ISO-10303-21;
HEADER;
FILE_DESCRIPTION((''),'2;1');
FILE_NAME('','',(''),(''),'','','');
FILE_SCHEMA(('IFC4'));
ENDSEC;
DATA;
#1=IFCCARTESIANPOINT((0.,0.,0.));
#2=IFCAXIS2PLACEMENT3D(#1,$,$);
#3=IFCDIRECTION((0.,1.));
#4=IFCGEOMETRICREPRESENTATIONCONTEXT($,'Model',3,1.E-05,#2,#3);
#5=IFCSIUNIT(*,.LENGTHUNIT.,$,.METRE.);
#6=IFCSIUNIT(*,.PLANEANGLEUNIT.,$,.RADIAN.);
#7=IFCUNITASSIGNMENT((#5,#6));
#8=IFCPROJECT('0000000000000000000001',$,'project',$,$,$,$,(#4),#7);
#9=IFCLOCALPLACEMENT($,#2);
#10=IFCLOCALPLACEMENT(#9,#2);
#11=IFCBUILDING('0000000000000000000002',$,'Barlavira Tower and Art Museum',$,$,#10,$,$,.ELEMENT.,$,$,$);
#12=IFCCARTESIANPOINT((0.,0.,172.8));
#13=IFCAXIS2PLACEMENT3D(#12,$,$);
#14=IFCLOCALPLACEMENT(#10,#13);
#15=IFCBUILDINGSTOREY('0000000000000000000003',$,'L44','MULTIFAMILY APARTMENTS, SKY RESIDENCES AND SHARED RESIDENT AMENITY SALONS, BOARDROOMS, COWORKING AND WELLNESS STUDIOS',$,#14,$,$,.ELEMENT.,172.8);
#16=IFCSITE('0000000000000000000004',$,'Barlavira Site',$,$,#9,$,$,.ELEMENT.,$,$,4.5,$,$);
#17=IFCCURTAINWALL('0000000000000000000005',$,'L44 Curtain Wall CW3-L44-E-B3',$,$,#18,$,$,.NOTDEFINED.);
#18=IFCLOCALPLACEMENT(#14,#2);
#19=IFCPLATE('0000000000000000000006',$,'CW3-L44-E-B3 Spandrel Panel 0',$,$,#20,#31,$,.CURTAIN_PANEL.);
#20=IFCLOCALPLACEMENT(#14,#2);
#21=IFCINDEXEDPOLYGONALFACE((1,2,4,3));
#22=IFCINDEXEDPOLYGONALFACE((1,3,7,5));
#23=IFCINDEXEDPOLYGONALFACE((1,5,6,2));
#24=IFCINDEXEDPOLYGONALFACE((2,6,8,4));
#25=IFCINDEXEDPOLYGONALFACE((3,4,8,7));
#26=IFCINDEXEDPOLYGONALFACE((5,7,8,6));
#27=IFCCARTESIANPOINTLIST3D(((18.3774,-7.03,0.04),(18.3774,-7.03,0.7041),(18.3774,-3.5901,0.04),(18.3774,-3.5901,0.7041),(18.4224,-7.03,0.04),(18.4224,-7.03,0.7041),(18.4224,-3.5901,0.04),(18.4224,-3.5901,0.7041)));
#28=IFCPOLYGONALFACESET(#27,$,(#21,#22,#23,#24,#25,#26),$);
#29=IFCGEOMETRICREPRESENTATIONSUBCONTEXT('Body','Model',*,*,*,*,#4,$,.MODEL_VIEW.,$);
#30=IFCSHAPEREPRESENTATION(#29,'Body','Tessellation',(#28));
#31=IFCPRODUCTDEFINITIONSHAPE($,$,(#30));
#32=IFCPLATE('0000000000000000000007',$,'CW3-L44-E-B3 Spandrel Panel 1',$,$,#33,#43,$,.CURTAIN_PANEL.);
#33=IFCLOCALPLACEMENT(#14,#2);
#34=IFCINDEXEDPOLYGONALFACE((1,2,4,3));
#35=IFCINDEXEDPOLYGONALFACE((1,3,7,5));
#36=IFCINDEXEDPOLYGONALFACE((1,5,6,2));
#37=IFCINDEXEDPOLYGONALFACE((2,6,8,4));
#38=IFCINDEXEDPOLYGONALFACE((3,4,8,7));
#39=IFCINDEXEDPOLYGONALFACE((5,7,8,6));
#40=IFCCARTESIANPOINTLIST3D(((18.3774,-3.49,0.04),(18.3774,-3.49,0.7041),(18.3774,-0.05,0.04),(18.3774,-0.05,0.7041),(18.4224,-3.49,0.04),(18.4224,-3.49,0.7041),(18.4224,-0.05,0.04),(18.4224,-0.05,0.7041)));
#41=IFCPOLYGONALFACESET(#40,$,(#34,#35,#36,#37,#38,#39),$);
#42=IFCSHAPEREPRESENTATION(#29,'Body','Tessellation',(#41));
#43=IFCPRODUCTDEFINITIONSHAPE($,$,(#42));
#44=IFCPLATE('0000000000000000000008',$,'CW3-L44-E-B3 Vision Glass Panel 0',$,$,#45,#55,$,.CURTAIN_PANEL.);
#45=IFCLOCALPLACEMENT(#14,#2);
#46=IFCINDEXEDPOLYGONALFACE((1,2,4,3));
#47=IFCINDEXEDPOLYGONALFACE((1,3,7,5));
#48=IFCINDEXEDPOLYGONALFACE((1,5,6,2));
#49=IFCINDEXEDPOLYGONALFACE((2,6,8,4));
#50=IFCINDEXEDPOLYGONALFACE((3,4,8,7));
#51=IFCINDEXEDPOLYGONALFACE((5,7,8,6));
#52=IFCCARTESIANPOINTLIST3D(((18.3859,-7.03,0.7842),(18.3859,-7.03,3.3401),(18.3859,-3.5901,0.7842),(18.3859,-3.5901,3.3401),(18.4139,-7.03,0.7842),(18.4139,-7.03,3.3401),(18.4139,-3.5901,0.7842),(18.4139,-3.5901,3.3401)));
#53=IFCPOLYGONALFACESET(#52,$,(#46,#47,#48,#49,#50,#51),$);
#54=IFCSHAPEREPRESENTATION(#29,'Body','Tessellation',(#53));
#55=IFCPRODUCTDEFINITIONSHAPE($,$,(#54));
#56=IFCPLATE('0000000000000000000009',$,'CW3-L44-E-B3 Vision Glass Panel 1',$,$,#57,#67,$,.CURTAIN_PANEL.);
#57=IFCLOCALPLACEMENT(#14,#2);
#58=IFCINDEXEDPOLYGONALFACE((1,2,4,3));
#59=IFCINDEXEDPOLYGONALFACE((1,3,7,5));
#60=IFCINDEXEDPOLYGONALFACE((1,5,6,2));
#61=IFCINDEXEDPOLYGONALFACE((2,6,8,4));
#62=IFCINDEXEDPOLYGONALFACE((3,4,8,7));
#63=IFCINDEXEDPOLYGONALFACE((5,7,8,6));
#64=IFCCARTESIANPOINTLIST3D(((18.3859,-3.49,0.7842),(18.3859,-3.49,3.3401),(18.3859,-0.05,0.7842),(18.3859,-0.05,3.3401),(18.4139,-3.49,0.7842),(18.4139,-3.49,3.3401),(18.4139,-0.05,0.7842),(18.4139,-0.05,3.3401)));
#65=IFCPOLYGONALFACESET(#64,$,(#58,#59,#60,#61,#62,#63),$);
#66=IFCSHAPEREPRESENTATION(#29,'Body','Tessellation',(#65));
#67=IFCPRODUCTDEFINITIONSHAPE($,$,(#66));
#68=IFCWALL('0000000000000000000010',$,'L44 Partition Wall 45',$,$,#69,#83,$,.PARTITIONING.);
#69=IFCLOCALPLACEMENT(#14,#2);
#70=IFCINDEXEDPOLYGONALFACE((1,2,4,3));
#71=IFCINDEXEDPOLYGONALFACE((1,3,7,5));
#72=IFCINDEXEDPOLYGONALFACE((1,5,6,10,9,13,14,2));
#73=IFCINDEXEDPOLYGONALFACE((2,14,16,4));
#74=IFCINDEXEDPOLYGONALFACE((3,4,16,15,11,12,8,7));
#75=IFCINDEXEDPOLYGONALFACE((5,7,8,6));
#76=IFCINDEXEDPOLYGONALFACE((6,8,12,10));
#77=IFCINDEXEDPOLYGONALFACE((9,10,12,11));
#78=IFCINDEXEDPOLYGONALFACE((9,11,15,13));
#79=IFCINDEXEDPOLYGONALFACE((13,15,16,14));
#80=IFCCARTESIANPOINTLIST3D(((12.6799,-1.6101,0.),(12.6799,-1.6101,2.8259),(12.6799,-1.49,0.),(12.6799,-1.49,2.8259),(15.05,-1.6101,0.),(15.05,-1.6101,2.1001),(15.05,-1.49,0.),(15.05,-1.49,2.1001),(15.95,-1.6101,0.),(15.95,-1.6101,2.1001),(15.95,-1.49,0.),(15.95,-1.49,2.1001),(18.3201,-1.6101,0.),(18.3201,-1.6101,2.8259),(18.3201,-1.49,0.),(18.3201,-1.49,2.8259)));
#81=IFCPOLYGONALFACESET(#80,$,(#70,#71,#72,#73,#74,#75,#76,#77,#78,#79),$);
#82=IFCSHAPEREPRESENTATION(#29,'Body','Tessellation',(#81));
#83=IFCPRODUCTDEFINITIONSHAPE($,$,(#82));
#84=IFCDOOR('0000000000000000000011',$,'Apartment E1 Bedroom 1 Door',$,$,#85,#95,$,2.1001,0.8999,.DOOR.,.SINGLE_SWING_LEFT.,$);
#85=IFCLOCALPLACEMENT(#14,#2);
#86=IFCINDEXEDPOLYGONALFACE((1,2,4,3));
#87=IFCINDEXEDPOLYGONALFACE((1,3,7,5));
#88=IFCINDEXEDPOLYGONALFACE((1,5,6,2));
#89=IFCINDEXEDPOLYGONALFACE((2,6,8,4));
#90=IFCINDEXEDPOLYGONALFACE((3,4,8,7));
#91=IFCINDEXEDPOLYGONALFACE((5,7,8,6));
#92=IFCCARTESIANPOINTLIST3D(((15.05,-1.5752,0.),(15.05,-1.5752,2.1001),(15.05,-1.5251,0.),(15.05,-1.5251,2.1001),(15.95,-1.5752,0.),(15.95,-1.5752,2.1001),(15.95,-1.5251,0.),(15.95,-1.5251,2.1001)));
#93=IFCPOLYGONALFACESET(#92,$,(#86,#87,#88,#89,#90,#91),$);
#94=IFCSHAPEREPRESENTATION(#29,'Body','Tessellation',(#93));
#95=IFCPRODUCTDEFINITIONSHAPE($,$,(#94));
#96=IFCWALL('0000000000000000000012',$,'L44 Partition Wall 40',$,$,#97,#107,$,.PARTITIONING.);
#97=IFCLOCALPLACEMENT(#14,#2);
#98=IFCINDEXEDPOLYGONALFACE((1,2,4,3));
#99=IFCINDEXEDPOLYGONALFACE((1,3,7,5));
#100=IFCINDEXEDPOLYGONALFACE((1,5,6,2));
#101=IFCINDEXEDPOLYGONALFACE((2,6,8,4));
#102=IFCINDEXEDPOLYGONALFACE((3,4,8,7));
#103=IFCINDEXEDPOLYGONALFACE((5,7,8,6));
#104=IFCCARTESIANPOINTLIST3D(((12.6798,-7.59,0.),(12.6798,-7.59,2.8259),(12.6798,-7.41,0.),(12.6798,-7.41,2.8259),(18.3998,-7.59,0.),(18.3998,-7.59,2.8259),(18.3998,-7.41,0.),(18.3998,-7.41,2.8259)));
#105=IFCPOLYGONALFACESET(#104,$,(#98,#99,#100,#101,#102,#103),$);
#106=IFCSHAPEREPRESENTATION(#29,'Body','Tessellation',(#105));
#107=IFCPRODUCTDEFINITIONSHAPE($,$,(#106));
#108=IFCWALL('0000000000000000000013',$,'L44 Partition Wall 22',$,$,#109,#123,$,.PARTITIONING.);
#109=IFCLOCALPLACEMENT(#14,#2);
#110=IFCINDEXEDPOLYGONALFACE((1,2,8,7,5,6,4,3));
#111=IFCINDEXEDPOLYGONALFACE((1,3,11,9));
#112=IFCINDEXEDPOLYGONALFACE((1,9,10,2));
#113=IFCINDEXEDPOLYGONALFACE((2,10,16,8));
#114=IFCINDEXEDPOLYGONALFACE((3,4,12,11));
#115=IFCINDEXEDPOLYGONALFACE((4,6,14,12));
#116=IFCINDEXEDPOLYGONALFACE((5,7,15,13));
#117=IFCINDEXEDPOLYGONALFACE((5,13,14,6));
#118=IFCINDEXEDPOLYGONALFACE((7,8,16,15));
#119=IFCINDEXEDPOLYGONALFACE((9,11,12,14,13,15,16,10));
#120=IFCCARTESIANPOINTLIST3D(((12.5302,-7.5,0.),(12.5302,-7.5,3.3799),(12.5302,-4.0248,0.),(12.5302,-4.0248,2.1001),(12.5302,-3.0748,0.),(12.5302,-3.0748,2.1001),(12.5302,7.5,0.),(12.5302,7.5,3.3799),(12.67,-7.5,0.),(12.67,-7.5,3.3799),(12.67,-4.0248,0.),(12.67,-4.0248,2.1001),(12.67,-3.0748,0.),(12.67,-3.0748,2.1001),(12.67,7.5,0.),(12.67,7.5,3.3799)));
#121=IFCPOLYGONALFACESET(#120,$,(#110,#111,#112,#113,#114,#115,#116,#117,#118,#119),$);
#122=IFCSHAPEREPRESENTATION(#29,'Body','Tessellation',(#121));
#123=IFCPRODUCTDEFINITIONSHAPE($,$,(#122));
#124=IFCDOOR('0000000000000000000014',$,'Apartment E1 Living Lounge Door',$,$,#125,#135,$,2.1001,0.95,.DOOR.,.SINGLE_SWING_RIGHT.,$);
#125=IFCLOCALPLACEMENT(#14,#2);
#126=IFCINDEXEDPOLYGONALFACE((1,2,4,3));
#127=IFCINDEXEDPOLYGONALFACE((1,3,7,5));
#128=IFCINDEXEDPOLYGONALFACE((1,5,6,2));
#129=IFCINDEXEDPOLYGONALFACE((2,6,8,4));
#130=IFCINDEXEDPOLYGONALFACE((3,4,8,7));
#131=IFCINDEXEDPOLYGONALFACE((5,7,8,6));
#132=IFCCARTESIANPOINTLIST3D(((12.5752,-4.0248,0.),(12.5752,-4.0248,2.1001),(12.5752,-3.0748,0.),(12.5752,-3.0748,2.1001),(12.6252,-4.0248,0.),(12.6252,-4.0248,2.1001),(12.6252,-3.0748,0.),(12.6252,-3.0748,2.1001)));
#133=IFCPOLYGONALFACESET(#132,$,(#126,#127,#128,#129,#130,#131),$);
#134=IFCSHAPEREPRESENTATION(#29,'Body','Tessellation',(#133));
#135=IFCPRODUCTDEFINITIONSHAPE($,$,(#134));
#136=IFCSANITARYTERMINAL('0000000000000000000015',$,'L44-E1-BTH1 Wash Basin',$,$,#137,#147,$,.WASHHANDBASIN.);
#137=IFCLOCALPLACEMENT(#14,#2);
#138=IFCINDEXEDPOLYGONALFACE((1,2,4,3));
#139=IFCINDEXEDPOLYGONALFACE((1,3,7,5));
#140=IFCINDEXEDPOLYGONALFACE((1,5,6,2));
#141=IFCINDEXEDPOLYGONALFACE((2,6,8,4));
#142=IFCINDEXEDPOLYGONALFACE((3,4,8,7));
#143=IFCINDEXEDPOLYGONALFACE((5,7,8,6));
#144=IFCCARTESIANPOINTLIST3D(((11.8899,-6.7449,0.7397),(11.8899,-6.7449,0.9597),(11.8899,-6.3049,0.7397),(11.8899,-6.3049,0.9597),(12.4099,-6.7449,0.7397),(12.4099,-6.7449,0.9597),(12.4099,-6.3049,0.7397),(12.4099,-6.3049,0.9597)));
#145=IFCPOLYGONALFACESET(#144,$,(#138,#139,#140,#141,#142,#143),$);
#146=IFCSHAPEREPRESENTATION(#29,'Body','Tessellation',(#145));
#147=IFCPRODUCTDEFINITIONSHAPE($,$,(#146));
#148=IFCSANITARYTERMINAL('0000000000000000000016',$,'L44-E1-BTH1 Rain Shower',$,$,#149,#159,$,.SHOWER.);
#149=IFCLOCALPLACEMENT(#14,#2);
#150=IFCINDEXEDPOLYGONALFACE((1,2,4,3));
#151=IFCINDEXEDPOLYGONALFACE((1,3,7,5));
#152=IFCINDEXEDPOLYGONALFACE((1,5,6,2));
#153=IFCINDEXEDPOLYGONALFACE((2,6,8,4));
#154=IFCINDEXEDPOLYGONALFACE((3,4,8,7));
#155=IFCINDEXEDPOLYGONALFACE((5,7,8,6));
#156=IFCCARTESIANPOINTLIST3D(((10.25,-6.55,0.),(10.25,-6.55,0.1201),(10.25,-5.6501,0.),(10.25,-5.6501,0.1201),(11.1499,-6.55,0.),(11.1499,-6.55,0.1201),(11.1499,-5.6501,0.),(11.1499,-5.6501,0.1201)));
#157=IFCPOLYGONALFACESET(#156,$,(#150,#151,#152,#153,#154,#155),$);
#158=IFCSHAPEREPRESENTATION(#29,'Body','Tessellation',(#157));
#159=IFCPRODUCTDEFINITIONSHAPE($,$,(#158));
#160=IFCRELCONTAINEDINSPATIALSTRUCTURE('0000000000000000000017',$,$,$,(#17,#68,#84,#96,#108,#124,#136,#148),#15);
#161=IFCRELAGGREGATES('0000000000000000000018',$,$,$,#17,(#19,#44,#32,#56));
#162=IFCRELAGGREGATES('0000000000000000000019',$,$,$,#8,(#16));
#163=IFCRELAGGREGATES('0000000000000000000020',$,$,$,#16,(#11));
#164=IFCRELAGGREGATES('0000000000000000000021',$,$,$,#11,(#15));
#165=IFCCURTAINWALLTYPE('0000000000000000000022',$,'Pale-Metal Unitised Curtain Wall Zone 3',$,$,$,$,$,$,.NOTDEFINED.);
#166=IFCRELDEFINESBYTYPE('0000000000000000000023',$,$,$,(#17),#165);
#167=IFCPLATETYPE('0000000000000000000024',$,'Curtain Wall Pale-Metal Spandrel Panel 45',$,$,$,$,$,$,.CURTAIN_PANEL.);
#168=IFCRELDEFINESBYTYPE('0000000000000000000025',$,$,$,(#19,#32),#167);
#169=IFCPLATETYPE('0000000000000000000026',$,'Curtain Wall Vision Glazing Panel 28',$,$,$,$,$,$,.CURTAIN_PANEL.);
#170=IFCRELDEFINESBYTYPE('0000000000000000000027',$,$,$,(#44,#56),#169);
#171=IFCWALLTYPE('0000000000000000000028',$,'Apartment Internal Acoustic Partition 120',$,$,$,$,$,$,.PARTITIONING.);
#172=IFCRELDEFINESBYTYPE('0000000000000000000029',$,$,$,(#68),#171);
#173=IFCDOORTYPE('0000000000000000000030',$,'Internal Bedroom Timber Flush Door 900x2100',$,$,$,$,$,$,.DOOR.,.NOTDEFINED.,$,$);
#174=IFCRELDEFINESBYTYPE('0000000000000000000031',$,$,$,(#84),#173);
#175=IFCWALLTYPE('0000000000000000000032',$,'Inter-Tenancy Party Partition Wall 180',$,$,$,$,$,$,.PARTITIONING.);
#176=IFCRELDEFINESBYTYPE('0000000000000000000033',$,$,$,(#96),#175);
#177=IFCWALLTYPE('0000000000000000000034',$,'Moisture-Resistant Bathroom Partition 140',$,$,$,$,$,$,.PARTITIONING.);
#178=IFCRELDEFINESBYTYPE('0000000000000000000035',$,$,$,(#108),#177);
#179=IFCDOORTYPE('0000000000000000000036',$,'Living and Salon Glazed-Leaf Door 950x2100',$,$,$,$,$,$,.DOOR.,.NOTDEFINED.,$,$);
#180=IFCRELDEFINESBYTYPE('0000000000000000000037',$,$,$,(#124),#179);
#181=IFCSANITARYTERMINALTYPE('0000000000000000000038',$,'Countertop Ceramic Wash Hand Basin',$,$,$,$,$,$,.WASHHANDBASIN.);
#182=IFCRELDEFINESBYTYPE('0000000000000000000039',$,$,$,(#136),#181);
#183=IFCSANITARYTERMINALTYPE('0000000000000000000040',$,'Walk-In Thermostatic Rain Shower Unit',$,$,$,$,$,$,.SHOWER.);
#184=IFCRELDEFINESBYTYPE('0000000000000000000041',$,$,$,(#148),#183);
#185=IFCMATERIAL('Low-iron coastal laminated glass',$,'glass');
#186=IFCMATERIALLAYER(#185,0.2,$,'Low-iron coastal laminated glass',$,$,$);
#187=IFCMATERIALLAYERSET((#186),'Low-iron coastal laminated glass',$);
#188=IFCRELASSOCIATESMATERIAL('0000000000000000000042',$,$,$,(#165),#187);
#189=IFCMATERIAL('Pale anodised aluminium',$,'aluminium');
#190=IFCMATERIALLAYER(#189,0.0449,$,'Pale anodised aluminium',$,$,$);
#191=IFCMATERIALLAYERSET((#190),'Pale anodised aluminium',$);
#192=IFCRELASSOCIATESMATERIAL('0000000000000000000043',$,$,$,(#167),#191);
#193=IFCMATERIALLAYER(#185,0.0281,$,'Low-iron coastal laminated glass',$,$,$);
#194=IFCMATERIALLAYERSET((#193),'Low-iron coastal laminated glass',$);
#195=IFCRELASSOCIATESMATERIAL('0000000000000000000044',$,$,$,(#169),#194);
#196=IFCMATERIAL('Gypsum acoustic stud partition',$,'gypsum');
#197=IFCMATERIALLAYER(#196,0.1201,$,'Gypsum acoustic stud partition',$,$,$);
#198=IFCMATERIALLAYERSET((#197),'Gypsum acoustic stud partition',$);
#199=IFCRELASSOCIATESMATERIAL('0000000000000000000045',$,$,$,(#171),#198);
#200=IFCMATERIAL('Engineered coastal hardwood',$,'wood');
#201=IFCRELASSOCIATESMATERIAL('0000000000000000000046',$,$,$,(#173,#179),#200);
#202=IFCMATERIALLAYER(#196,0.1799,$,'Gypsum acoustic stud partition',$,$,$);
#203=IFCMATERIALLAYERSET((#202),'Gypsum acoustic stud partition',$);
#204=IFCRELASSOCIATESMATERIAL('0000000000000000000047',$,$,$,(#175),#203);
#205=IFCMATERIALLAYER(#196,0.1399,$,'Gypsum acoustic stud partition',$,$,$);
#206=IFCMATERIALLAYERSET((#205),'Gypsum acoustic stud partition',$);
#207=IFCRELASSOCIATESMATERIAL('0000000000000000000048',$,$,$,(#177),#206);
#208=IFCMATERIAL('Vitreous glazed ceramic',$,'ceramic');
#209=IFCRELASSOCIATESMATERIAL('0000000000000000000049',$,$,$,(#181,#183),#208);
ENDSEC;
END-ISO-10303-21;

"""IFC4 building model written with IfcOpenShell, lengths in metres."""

from ifc_helpers import new_model, si_unit, direction, frame, frame_2d, origin, origin_2d, place, context, subcontext, project, spatial, rectangle, extrude, material, layer, layer_set, type_object, element, fill, aggregate, save


model = new_model("IFC4")

# Units and contexts
model_context = context("Model", 3, precision=1e-05, world=origin(), true_north=direction((0.0, 1.0)))
body_context = subcontext(model_context, "Body", "Model", "MODEL_VIEW")
ifc_project = project(units=[si_unit("LENGTHUNIT", "METRE"), si_unit("PLANEANGLEUNIT", "RADIAN")], contexts=[model_context])

# Site, building, storey
site_placement = place(None, origin())
site = spatial("IfcSite", under=ifc_project, at=site_placement, Name="Barlavira Site", CompositionType="ELEMENT", RefElevation=4.5)
building_placement = place(site_placement, origin())
building = spatial("IfcBuilding", under=site, at=building_placement, Name="Barlavira Tower and Art Museum", CompositionType="ELEMENT")
storey_placement = place(building_placement, frame((0.0, 0.0, 172.8)))
storey = spatial("IfcBuildingStorey", under=building, at=storey_placement, Name="L44", Description="MULTIFAMILY APARTMENTS, SKY RESIDENCES AND SHARED RESIDENT AMENITY SALONS, BOARDROOMS, COWORKING AND WELLNESS STUDIOS", CompositionType="ELEMENT", Elevation=172.8)

# Curtain wall
ifc_material_1 = material(Name="Low-iron coastal laminated glass", Category="glass")
ifc_layer_1 = layer(ifc_material_1, 0.2, Name="Low-iron coastal laminated glass")
ifc_layer_set_1 = layer_set([ifc_layer_1], Name="Low-iron coastal laminated glass")
curtain_wall_type = type_object("IfcCurtainWallType", Name="Pale-Metal Unitised Curtain Wall Zone 3", PredefinedType="NOTDEFINED", material=ifc_layer_set_1)
curtain_wall_placement = place(storey_placement, origin())
curtain_wall = element("IfcCurtainWall", 1, at=curtain_wall_placement, inside=storey, type_object=curtain_wall_type, Name="L44 Curtain Wall CW3-L44-E-B3", PredefinedType="NOTDEFINED")
ifc_material_2 = material(Name="Pale anodised aluminium", Category="aluminium")

# Plates
ifc_layer_2 = layer(ifc_material_2, 0.0449, Name="Pale anodised aluminium")
ifc_layer_set_2 = layer_set([ifc_layer_2], Name="Pale anodised aluminium")
plate_type_1 = type_object("IfcPlateType", Name="Curtain Wall Pale-Metal Spandrel Panel 45", PredefinedType="CURTAIN_PANEL", material=ifc_layer_set_2)
plate_1_placement = place(storey_placement, frame((18.3999, -5.3101, 0.04), z_axis=(0.0, 0.0, 1.0), x_axis=(0.0, 1.0, 0.0)))
plate_1 = element("IfcPlate", 2, at=plate_1_placement, type_object=plate_type_1, Name="CW3-L44-E-B3 Spandrel Panel 0", PredefinedType="CURTAIN_PANEL", context=body_context, shape_type="SweptSolid", body=[
    extrude(rectangle(XDim=3.4399, YDim=0.0449, at=origin_2d()), origin(), (0.0, 0.0, 1.0), 0.6641),
])
plate_2_placement = place(storey_placement, frame((18.3999, -1.77, 0.04), z_axis=(0.0, 0.0, 1.0), x_axis=(0.0, 1.0, 0.0)))
plate_2 = element("IfcPlate", 3, at=plate_2_placement, type_object=plate_type_1, Name="CW3-L44-E-B3 Spandrel Panel 1", PredefinedType="CURTAIN_PANEL", context=body_context, shape_type="SweptSolid", body=[
    extrude(rectangle(XDim=3.4399, YDim=0.0449, at=origin_2d()), origin(), (0.0, 0.0, 1.0), 0.6641),
])
ifc_layer_3 = layer(ifc_material_1, 0.0281, Name="Low-iron coastal laminated glass")
ifc_layer_set_3 = layer_set([ifc_layer_3], Name="Low-iron coastal laminated glass")
plate_type_2 = type_object("IfcPlateType", Name="Curtain Wall Vision Glazing Panel 28", PredefinedType="CURTAIN_PANEL", material=ifc_layer_set_3)
plate_3_placement = place(storey_placement, frame((18.3999, -5.3101, 0.7842), z_axis=(0.0, 0.0, 1.0), x_axis=(0.0, 1.0, 0.0)))
plate_3 = element("IfcPlate", 4, at=plate_3_placement, type_object=plate_type_2, Name="CW3-L44-E-B3 Vision Glass Panel 0", PredefinedType="CURTAIN_PANEL", context=body_context, shape_type="SweptSolid", body=[
    extrude(rectangle(XDim=3.4399, YDim=0.0281, at=origin_2d()), origin(), (0.0, 0.0, 1.0), 2.5559),
])
plate_4_placement = place(storey_placement, frame((18.3999, -1.77, 0.7842), z_axis=(0.0, 0.0, 1.0), x_axis=(0.0, 1.0, 0.0)))
plate_4 = element("IfcPlate", 5, at=plate_4_placement, type_object=plate_type_2, Name="CW3-L44-E-B3 Vision Glass Panel 1", PredefinedType="CURTAIN_PANEL", context=body_context, shape_type="SweptSolid", body=[
    extrude(rectangle(XDim=3.4399, YDim=0.0281, at=origin_2d()), origin(), (0.0, 0.0, 1.0), 2.5559),
])
aggregate(curtain_wall, [plate_1, plate_3, plate_2, plate_4])

# Wall, opening, door
ifc_material_3 = material(Name="Gypsum acoustic stud partition", Category="gypsum")
ifc_layer_4 = layer(ifc_material_3, 0.1201, Name="Gypsum acoustic stud partition")
ifc_layer_set_4 = layer_set([ifc_layer_4], Name="Gypsum acoustic stud partition")
wall_type_1 = type_object("IfcWallType", Name="Apartment Internal Acoustic Partition 120", PredefinedType="PARTITIONING", material=ifc_layer_set_4)
wall_1_placement = place(storey_placement, frame((12.6799, -1.55, 0.0), z_axis=(0.0, 0.0, 1.0), x_axis=(1.0, 0.0, 0.0)))
wall_1 = element("IfcWall", 6, at=wall_1_placement, inside=storey, type_object=wall_type_1, Name="L44 Partition Wall 45", PredefinedType="PARTITIONING", context=body_context, shape_type="SweptSolid", body=[
    extrude(rectangle(XDim=5.6401, YDim=0.1201, at=frame_2d((2.8201, 0.0))), origin(), (0.0, 0.0, 1.0), 2.8259),
])
opening_1_placement = place(wall_1_placement, frame((2.3701, 0.0, 0.0)))
opening_1 = element("IfcOpeningElement", 7, at=opening_1_placement, cuts=wall_1, PredefinedType="OPENING", context=body_context, shape_type="SweptSolid", body=[
    extrude(rectangle(XDim=0.8999, YDim=2.1001, at=frame_2d((0.45, 1.05))), frame((0.0, 0.0701, 0.0), z_axis=(0.0, -1.0, 0.0), x_axis=(1.0, 0.0, 0.0)), (0.0, 0.0, 1.0), 0.1401),
])
ifc_material_4 = material(Name="Engineered coastal hardwood", Category="wood")
door_type_1 = type_object("IfcDoorType", Name="Internal Bedroom Timber Flush Door 900x2100", OperationType="NOTDEFINED", PredefinedType="DOOR", material=ifc_material_4)
door_1_placement = place(opening_1_placement, origin())
door_1 = element("IfcDoor", 8, at=door_1_placement, inside=storey, type_object=door_type_1, Name="Apartment E1 Bedroom 1 Door", OperationType="SINGLE_SWING_LEFT", OverallHeight=2.1001, OverallWidth=0.8999, PredefinedType="DOOR", context=body_context, shape_type="SweptSolid", body=[
    extrude(rectangle(XDim=0.8999, YDim=2.1001, at=frame_2d((0.45, 1.05))), frame((0.0, 0.0249, 0.0), z_axis=(0.0, -1.0, 0.0), x_axis=(1.0, 0.0, 0.0)), (0.0, 0.0, 1.0), 0.05),
])
fill(opening_1, door_1)

# Wall
ifc_layer_5 = layer(ifc_material_3, 0.1799, Name="Gypsum acoustic stud partition")
ifc_layer_set_5 = layer_set([ifc_layer_5], Name="Gypsum acoustic stud partition")
wall_type_2 = type_object("IfcWallType", Name="Inter-Tenancy Party Partition Wall 180", PredefinedType="PARTITIONING", material=ifc_layer_set_5)
wall_2_placement = place(storey_placement, frame((12.6799, -7.5, 0.0), z_axis=(0.0, 0.0, 1.0), x_axis=(1.0, 0.0, 0.0)))
element("IfcWall", 9, at=wall_2_placement, inside=storey, type_object=wall_type_2, Name="L44 Partition Wall 40", PredefinedType="PARTITIONING", context=body_context, shape_type="SweptSolid", body=[
    extrude(rectangle(XDim=5.72, YDim=0.1799, at=frame_2d((2.8599, 0.0))), origin(), (0.0, 0.0, 1.0), 2.8259),
])

# Wall, opening, door
ifc_layer_6 = layer(ifc_material_3, 0.1399, Name="Gypsum acoustic stud partition")
ifc_layer_set_6 = layer_set([ifc_layer_6], Name="Gypsum acoustic stud partition")
wall_type_3 = type_object("IfcWallType", Name="Moisture-Resistant Bathroom Partition 140", PredefinedType="PARTITIONING", material=ifc_layer_set_6)
wall_3_placement = place(storey_placement, frame((12.6001, -7.5, 0.0), z_axis=(0.0, 0.0, 1.0), x_axis=(0.0, 1.0, 0.0)))
wall_3 = element("IfcWall", 10, at=wall_3_placement, inside=storey, type_object=wall_type_3, Name="L44 Partition Wall 22", PredefinedType="PARTITIONING", context=body_context, shape_type="SweptSolid", body=[
    extrude(rectangle(XDim=15.0, YDim=0.1399, at=frame_2d((7.5, 0.0))), origin(), (0.0, 0.0, 1.0), 3.3799),
])
opening_2_placement = place(wall_3_placement, frame((3.4751, 0.0, 0.0)))
opening_2 = element("IfcOpeningElement", 11, at=opening_2_placement, cuts=wall_3, PredefinedType="OPENING", context=body_context, shape_type="SweptSolid", body=[
    extrude(rectangle(XDim=0.95, YDim=2.1001, at=frame_2d((0.4751, 1.05))), frame((0.0, 0.0801, 0.0), z_axis=(0.0, -1.0, 0.0), x_axis=(1.0, 0.0, 0.0)), (0.0, 0.0, 1.0), 0.1599),
])
door_type_2 = type_object("IfcDoorType", Name="Living and Salon Glazed-Leaf Door 950x2100", OperationType="NOTDEFINED", PredefinedType="DOOR", material=ifc_material_4)
door_2_placement = place(opening_2_placement, origin())
door_2 = element("IfcDoor", 12, at=door_2_placement, inside=storey, type_object=door_type_2, Name="Apartment E1 Living Lounge Door", OperationType="SINGLE_SWING_RIGHT", OverallHeight=2.1001, OverallWidth=0.95, PredefinedType="DOOR", context=body_context, shape_type="SweptSolid", body=[
    extrude(rectangle(XDim=0.95, YDim=2.1001, at=frame_2d((0.4751, 1.05))), frame((0.0, 0.0249, 0.0), z_axis=(0.0, -1.0, 0.0), x_axis=(1.0, 0.0, 0.0)), (0.0, 0.0, 1.0), 0.05),
])
fill(opening_2, door_2)

# Sanitary terminals
ifc_material_5 = material(Name="Vitreous glazed ceramic", Category="ceramic")
sanitary_terminal_type_1 = type_object("IfcSanitaryTerminalType", Name="Countertop Ceramic Wash Hand Basin", PredefinedType="WASHHANDBASIN", material=ifc_material_5)
sanitary_terminal_1_placement = place(storey_placement, frame((12.1499, -6.5249, 0.7397), z_axis=(0.0, 0.0, 1.0), x_axis=(1.0, 0.0, 0.0)))
element("IfcSanitaryTerminal", 13, at=sanitary_terminal_1_placement, inside=storey, type_object=sanitary_terminal_type_1, Name="L44-E1-BTH1 Wash Basin", PredefinedType="WASHHANDBASIN", context=body_context, shape_type="SweptSolid", body=[
    extrude(rectangle(XDim=0.52, YDim=0.4399, at=origin_2d()), origin(), (0.0, 0.0, 1.0), 0.22),
])
sanitary_terminal_type_2 = type_object("IfcSanitaryTerminalType", Name="Walk-In Thermostatic Rain Shower Unit", PredefinedType="SHOWER", material=ifc_material_5)
sanitary_terminal_2_placement = place(storey_placement, frame((10.7, -6.1001, 0.0), z_axis=(0.0, 0.0, 1.0), x_axis=(1.0, 0.0, 0.0)))
element("IfcSanitaryTerminal", 14, at=sanitary_terminal_2_placement, inside=storey, type_object=sanitary_terminal_type_2, Name="L44-E1-BTH1 Rain Shower", PredefinedType="SHOWER", context=body_context, shape_type="SweptSolid", body=[
    extrude(rectangle(XDim=0.8999, YDim=0.8999, at=origin_2d()), origin(), (0.0, 0.0, 1.0), 0.1201),
])

save(model, "model.ifc")
